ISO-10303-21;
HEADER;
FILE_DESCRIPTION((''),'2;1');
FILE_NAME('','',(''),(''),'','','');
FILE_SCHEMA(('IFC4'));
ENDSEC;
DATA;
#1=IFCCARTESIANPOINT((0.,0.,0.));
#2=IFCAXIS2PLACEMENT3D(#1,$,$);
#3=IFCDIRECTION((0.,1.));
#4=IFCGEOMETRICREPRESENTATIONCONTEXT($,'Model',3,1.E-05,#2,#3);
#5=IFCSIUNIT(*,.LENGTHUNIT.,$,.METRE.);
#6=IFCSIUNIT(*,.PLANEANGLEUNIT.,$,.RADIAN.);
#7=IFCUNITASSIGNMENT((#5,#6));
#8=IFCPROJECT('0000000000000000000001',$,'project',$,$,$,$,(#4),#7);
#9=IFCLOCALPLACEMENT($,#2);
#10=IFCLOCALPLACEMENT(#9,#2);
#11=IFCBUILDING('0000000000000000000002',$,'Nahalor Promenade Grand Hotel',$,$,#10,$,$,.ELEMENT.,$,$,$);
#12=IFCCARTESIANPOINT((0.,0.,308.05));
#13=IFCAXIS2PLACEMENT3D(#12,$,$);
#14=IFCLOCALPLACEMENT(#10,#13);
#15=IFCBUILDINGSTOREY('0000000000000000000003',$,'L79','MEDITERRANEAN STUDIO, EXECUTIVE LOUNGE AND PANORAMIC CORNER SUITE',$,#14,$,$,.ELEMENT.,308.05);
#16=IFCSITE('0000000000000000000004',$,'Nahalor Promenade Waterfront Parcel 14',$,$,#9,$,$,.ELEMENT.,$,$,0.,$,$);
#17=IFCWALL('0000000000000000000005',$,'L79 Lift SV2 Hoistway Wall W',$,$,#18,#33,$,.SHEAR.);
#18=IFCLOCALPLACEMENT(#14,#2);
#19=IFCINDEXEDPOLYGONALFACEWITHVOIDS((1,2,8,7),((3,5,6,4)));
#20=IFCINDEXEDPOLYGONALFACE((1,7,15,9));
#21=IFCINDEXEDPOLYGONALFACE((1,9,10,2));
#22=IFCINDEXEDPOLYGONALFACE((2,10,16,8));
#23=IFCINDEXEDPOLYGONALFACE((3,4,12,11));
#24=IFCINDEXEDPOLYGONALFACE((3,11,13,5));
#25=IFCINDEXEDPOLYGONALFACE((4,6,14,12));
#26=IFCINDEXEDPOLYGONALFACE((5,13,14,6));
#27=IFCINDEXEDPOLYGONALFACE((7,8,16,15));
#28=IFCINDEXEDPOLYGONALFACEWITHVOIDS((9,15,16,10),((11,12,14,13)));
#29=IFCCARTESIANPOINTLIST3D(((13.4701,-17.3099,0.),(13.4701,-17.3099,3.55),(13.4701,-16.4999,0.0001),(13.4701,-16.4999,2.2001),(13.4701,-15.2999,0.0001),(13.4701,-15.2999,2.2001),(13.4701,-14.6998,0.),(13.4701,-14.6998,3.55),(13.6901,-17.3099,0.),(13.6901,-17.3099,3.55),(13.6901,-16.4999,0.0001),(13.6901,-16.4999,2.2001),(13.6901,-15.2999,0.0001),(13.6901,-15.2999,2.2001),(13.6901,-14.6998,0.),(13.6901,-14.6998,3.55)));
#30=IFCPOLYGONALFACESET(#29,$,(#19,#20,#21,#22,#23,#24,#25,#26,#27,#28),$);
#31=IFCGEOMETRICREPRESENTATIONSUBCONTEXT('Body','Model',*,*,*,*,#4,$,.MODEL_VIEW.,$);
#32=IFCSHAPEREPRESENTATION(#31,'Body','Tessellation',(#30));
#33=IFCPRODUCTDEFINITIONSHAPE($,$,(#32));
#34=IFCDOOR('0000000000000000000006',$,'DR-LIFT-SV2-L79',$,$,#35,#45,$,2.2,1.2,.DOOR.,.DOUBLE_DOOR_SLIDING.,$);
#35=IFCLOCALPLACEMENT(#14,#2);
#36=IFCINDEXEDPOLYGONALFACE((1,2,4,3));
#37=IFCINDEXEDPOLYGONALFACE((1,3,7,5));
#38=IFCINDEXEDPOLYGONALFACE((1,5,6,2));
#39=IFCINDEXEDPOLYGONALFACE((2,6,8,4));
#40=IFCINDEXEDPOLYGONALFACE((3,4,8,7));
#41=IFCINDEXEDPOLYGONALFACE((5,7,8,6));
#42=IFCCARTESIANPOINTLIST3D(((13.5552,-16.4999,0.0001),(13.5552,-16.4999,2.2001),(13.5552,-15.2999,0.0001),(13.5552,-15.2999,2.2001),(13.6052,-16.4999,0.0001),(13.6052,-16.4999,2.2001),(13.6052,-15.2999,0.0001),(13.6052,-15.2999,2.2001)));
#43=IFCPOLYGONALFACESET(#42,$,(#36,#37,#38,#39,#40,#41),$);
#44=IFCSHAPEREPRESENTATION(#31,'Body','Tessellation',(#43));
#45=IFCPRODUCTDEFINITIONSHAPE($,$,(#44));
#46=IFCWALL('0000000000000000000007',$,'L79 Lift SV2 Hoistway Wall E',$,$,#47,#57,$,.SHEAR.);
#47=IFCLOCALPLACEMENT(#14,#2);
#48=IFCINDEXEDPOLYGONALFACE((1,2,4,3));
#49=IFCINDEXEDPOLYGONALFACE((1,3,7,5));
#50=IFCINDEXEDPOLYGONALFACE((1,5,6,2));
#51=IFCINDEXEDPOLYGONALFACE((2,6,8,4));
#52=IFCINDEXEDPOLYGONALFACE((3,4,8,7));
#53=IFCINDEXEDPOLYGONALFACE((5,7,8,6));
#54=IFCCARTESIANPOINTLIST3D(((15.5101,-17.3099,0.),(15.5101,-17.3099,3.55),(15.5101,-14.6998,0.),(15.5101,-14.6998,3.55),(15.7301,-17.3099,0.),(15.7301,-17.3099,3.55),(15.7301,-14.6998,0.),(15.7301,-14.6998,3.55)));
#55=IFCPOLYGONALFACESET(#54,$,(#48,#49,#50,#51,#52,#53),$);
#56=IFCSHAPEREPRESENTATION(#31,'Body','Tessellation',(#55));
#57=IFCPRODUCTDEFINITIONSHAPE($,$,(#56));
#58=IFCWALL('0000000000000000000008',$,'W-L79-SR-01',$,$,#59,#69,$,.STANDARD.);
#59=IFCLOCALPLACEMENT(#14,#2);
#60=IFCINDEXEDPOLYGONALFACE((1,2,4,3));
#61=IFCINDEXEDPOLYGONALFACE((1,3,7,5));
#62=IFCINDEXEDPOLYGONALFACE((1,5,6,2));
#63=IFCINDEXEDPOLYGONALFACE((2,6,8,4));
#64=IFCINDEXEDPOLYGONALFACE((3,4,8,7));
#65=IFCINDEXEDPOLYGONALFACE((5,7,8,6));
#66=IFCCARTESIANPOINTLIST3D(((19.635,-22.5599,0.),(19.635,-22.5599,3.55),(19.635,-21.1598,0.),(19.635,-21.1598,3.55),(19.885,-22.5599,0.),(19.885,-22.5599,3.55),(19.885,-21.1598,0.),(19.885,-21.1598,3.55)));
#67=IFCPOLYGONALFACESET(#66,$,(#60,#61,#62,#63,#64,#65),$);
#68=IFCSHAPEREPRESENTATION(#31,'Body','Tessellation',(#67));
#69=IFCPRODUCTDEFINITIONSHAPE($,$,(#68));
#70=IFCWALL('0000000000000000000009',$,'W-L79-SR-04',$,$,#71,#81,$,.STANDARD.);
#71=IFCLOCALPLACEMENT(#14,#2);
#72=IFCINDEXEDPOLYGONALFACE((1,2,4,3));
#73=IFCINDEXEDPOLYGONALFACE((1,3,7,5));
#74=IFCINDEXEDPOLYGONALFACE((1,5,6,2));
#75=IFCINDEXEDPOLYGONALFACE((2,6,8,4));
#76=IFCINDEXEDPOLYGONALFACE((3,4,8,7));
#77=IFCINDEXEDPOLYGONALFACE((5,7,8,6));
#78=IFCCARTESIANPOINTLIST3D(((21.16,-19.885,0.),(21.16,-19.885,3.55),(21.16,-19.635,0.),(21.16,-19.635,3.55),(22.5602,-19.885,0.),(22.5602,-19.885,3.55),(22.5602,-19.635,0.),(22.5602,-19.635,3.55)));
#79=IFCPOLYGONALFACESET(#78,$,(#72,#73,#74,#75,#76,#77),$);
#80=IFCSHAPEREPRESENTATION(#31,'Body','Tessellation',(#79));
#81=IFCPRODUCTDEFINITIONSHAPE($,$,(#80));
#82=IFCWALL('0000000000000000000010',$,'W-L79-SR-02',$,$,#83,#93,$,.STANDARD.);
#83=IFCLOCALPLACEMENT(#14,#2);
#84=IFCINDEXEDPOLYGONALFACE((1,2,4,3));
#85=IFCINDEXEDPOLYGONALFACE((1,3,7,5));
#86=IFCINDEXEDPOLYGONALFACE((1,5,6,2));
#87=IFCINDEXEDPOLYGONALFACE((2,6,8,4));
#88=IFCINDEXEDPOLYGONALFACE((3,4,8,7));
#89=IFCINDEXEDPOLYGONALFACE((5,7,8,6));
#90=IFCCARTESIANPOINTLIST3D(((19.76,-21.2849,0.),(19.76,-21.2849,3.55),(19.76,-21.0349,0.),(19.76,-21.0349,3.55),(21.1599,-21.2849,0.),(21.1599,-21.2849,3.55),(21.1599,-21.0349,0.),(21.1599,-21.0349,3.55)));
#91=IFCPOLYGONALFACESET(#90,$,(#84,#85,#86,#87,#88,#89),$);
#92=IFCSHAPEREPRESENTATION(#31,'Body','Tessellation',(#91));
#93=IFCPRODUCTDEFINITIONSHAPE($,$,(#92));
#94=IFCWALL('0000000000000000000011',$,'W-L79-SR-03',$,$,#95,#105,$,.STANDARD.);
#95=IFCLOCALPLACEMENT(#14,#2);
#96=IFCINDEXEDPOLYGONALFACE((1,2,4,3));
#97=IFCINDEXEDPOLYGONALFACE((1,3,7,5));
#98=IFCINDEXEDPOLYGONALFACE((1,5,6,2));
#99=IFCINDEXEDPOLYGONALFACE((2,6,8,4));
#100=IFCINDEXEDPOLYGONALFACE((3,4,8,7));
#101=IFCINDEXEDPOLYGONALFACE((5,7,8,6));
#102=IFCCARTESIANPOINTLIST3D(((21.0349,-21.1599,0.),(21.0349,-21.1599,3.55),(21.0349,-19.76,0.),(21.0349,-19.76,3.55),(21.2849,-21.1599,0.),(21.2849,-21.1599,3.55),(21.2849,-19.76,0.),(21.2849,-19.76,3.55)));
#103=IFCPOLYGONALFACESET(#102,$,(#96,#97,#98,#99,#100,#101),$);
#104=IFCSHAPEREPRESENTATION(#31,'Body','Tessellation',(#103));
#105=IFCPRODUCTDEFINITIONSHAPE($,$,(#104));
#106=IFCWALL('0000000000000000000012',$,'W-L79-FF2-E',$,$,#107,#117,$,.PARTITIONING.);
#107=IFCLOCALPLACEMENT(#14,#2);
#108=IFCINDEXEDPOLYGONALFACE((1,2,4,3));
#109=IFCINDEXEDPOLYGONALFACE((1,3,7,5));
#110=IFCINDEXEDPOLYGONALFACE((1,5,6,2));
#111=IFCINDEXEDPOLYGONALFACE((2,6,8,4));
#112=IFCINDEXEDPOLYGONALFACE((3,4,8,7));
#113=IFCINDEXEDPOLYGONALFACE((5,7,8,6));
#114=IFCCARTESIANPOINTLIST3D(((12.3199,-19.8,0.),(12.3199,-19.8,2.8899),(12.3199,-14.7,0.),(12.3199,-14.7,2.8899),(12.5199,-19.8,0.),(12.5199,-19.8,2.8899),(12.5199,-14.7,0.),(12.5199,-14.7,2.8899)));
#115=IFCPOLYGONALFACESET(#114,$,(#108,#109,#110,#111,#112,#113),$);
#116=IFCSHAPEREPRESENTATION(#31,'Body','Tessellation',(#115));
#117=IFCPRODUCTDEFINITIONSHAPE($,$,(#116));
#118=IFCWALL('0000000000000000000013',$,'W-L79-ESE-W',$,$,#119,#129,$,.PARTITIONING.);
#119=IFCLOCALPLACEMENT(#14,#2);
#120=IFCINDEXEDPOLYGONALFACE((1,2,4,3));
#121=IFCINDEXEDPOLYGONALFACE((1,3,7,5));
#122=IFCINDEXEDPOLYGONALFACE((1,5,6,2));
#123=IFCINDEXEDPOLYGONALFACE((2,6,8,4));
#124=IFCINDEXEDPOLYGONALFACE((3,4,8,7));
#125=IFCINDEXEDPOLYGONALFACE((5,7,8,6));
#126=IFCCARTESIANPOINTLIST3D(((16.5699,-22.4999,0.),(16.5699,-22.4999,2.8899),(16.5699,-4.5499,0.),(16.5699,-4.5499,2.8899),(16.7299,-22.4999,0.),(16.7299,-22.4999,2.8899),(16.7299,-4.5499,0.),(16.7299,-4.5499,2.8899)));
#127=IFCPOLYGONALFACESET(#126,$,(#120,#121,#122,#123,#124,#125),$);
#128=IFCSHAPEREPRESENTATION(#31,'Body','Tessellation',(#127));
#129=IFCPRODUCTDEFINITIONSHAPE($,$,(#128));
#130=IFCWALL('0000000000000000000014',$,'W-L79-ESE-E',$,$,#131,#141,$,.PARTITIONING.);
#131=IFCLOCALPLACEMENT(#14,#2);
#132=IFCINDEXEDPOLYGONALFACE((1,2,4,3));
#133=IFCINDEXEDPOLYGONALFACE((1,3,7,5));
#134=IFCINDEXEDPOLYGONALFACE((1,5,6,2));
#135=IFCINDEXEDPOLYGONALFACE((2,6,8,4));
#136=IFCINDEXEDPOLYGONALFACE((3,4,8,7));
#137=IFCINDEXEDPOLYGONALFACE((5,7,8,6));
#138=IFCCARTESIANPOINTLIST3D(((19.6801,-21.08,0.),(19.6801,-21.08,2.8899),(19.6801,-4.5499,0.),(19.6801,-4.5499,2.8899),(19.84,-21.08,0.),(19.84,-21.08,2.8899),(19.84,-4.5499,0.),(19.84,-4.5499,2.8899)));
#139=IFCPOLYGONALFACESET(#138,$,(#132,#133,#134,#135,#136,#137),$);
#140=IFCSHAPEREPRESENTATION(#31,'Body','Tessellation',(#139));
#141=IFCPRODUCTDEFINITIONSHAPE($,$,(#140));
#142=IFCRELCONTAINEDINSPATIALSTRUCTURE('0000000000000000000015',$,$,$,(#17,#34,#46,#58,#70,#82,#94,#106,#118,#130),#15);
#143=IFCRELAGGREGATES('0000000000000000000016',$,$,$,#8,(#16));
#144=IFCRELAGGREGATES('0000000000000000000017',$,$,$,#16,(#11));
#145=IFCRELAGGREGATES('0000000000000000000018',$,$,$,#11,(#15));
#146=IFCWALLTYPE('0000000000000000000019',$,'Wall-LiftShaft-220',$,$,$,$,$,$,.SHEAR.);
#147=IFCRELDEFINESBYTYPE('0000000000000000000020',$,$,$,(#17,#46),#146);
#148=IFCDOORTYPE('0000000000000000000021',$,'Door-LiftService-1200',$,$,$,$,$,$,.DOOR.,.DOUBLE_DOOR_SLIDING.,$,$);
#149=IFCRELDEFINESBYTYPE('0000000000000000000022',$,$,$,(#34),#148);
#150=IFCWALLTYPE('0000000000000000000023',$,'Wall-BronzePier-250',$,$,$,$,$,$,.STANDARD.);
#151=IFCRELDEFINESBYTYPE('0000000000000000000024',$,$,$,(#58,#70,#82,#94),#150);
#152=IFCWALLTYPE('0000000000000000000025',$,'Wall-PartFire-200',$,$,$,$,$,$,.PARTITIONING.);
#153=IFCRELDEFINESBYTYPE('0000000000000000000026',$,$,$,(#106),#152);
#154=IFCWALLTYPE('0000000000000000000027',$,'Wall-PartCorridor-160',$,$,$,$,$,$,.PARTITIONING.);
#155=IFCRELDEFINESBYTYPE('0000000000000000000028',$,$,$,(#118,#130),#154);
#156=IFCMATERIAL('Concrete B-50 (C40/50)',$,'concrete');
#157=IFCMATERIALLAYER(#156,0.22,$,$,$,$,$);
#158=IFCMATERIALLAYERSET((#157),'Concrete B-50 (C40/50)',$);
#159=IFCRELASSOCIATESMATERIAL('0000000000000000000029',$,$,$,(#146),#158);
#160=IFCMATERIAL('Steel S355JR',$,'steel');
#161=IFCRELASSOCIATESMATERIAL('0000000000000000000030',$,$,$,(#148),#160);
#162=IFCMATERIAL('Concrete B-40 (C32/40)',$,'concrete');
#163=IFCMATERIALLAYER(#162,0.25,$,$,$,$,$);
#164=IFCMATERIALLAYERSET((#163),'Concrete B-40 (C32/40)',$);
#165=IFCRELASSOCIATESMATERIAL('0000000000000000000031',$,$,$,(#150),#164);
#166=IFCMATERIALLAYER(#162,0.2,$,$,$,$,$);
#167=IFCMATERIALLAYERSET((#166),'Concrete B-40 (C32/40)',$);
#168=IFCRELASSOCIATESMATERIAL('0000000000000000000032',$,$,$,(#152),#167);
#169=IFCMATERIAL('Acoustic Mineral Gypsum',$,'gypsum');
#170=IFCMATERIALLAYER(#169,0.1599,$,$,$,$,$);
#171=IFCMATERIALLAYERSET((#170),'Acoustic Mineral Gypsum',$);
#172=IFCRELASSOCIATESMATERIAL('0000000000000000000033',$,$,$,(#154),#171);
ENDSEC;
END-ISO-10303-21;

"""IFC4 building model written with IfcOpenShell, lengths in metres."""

from ifc_helpers import new_model, si_unit, direction, frame, frame_2d, origin, place, context, subcontext, project, spatial, rectangle, extrude, source, transform, mapped, material, layer, layer_set, type_object, element, fill, save


model = new_model("IFC4")

# Units and contexts
model_context = context("Model", 3, precision=1e-05, world=origin(), true_north=direction((0.0, 1.0)))
body_context = subcontext(model_context, "Body", "Model", "MODEL_VIEW")
ifc_project = project(units=[si_unit("LENGTHUNIT", "METRE"), si_unit("PLANEANGLEUNIT", "RADIAN")], contexts=[model_context])

# Site, building, storey
site_placement = place(None, origin())
site = spatial("IfcSite", under=ifc_project, at=site_placement, Name="Nahalor Promenade Waterfront Parcel 14", CompositionType="ELEMENT", RefElevation=0.0)
building_placement = place(site_placement, origin())
building = spatial("IfcBuilding", under=site, at=building_placement, Name="Nahalor Promenade Grand Hotel", CompositionType="ELEMENT")
storey_placement = place(building_placement, frame((0.0, 0.0, 308.05)))
storey = spatial("IfcBuildingStorey", under=building, at=storey_placement, Name="L79", Description="MEDITERRANEAN STUDIO, EXECUTIVE LOUNGE AND PANORAMIC CORNER SUITE", CompositionType="ELEMENT", Elevation=308.05)

# Shared definitions
ifc_material_1 = material(Name="Concrete B-50 (C40/50)", Category="concrete")
ifc_material_2 = material(Name="Steel S355JR", Category="steel")

# Shared definitions
ifc_layer_1 = layer(ifc_material_1, 0.22)
ifc_layer_set_1 = layer_set([ifc_layer_1], Name="Concrete B-50 (C40/50)")
wall_type_1 = type_object("IfcWallType", Name="Wall-LiftShaft-220", PredefinedType="SHEAR", material=ifc_layer_set_1)

# Wall, opening, door
shared_shape_1 = source(origin(), body_context, "Body", "SweptSolid", [
    extrude(rectangle(XDim=2.6101, YDim=0.22, at=frame_2d((1.3052, 0.0))), origin(), (0.0, 0.0, 1.0), 3.55),
])
wall_1_placement = place(storey_placement, frame((13.5801, -17.3101, 0.0), z_axis=(0.0, 0.0, 1.0), x_axis=(0.0, 1.0, 0.0)))
wall_1 = element("IfcWall", 1, at=wall_1_placement, inside=storey, type_object=wall_type_1, Name="L79 Lift SV2 Hoistway Wall W", PredefinedType="SHEAR", context=body_context, shape_type="MappedRepresentation", body=[
    mapped(shared_shape_1, transform((0.0, 0.0, 0.0), scale=1.0)),
])
opening_placement = place(wall_1_placement, frame((0.8101, 0.0, 0.0)))
opening = element("IfcOpeningElement", 2, at=opening_placement, cuts=wall_1, PredefinedType="OPENING", context=body_context, shape_type="SweptSolid", body=[
    extrude(rectangle(XDim=1.2, YDim=2.2, at=frame_2d((0.6001, 1.1001))), frame((0.0, 0.1199, 0.0), z_axis=(0.0, -1.0, 0.0), x_axis=(1.0, 0.0, 0.0)), (0.0, 0.0, 1.0), 0.24),
])
door_type = type_object("IfcDoorType", Name="Door-LiftService-1200", OperationType="DOUBLE_DOOR_SLIDING", PredefinedType="DOOR", material=ifc_material_2)
shared_shape_2 = source(origin(), body_context, "Body", "SweptSolid", [
    extrude(rectangle(XDim=1.2, YDim=2.2, at=frame_2d((0.6001, 1.1001))), frame((0.0, 0.0249, 0.0), z_axis=(0.0, -1.0, 0.0), x_axis=(1.0, 0.0, 0.0)), (0.0, 0.0, 1.0), 0.05),
])
door_placement = place(opening_placement, origin())
door = element("IfcDoor", 3, at=door_placement, inside=storey, type_object=door_type, Name="DR-LIFT-SV2-L79", OperationType="DOUBLE_DOOR_SLIDING", OverallHeight=2.2, OverallWidth=1.2, PredefinedType="DOOR", context=body_context, shape_type="MappedRepresentation", body=[
    mapped(shared_shape_2, transform((0.0, 0.0, 0.0), scale=1.0)),
])
fill(opening, door)

# Walls
wall_2_placement = place(storey_placement, frame((15.6201, -17.3101, 0.0), z_axis=(0.0, 0.0, 1.0), x_axis=(0.0, 1.0, 0.0)))
element("IfcWall", 4, at=wall_2_placement, inside=storey, type_object=wall_type_1, Name="L79 Lift SV2 Hoistway Wall E", PredefinedType="SHEAR", context=body_context, shape_type="MappedRepresentation", body=[
    mapped(shared_shape_1, transform((0.0, 0.0, 0.0), scale=1.0)),
])
ifc_material_3 = material(Name="Concrete B-40 (C32/40)", Category="concrete")
ifc_layer_2 = layer(ifc_material_3, 0.25)
ifc_layer_set_2 = layer_set([ifc_layer_2], Name="Concrete B-40 (C32/40)")
wall_type_2 = type_object("IfcWallType", Name="Wall-BronzePier-250", PredefinedType="STANDARD", material=ifc_layer_set_2)
shared_shape_3 = source(origin(), body_context, "Body", "SweptSolid", [
    extrude(rectangle(XDim=1.4001, YDim=0.25, at=frame_2d((0.7002, 0.0))), origin(), (0.0, 0.0, 1.0), 3.55),
])
for number, where, z_axis, x_axis, name in (
    (5, (19.76, -22.5601, 0.0), (0.0, 0.0, 1.0), (0.0, 1.0, 0.0), "W-L79-SR-01"),
    (6, (21.1599, -19.76, 0.0), (0.0, 0.0, 1.0), (1.0, 0.0, 0.0), "W-L79-SR-04"),
):
    element("IfcWall", number, at=place(storey_placement, frame(where, z_axis=z_axis, x_axis=x_axis)), inside=storey, type_object=wall_type_2, Name=name, PredefinedType="STANDARD", context=body_context, shape_type="MappedRepresentation", body=[
        mapped(shared_shape_3, transform((0.0, 0.0, 0.0), scale=1.0)),
    ])
shared_shape_4 = source(origin(), body_context, "Body", "SweptSolid", [
    extrude(rectangle(XDim=1.3999, YDim=0.25, at=frame_2d((0.7, 0.0))), origin(), (0.0, 0.0, 1.0), 3.55),
])
for number, where, z_axis, x_axis, name in (
    (7, (19.76, -21.1599, 0.0), (0.0, 0.0, 1.0), (1.0, 0.0, 0.0), "W-L79-SR-02"),
    (8, (21.1599, -21.1599, 0.0), (0.0, 0.0, 1.0), (0.0, 1.0, 0.0), "W-L79-SR-03"),
):
    element("IfcWall", number, at=place(storey_placement, frame(where, z_axis=z_axis, x_axis=x_axis)), inside=storey, type_object=wall_type_2, Name=name, PredefinedType="STANDARD", context=body_context, shape_type="MappedRepresentation", body=[
        mapped(shared_shape_4, transform((0.0, 0.0, 0.0), scale=1.0)),
    ])
ifc_layer_3 = layer(ifc_material_3, 0.2)
ifc_layer_set_3 = layer_set([ifc_layer_3], Name="Concrete B-40 (C32/40)")
wall_type_3 = type_object("IfcWallType", Name="Wall-PartFire-200", PredefinedType="PARTITIONING", material=ifc_layer_set_3)
shared_shape_5 = source(origin(), body_context, "Body", "SweptSolid", [
    extrude(rectangle(XDim=5.1001, YDim=0.2, at=frame_2d((2.55, 0.0))), origin(), (0.0, 0.0, 1.0), 2.8899),
])
wall_3_placement = place(storey_placement, frame((12.4199, -19.8, 0.0), z_axis=(0.0, 0.0, 1.0), x_axis=(0.0, 1.0, 0.0)))
element("IfcWall", 9, at=wall_3_placement, inside=storey, type_object=wall_type_3, Name="W-L79-FF2-E", PredefinedType="PARTITIONING", context=body_context, shape_type="MappedRepresentation", body=[
    mapped(shared_shape_5, transform((0.0, 0.0, 0.0), scale=1.0)),
])
ifc_material_4 = material(Name="Acoustic Mineral Gypsum", Category="gypsum")
ifc_layer_4 = layer(ifc_material_4, 0.1599)
ifc_layer_set_4 = layer_set([ifc_layer_4], Name="Acoustic Mineral Gypsum")
wall_type_4 = type_object("IfcWallType", Name="Wall-PartCorridor-160", PredefinedType="PARTITIONING", material=ifc_layer_set_4)
shared_shape_6 = source(origin(), body_context, "Body", "SweptSolid", [
    extrude(rectangle(XDim=17.95, YDim=0.1599, at=frame_2d((8.9751, 0.0))), origin(), (0.0, 0.0, 1.0), 2.8899),
])
wall_4_placement = place(storey_placement, frame((16.6499, -22.5, 0.0), z_axis=(0.0, 0.0, 1.0), x_axis=(0.0, 1.0, 0.0)))
element("IfcWall", 10, at=wall_4_placement, inside=storey, type_object=wall_type_4, Name="W-L79-ESE-W", PredefinedType="PARTITIONING", context=body_context, shape_type="MappedRepresentation", body=[
    mapped(shared_shape_6, transform((0.0, 0.0, 0.0), scale=1.0)),
])
shared_shape_7 = source(origin(), body_context, "Body", "SweptSolid", [
    extrude(rectangle(XDim=16.53, YDim=0.1599, at=frame_2d((8.2651, 0.0))), origin(), (0.0, 0.0, 1.0), 2.8899),
])
wall_5_placement = place(storey_placement, frame((19.76, -21.0801, 0.0), z_axis=(0.0, 0.0, 1.0), x_axis=(0.0, 1.0, 0.0)))
element("IfcWall", 11, at=wall_5_placement, inside=storey, type_object=wall_type_4, Name="W-L79-ESE-E", PredefinedType="PARTITIONING", context=body_context, shape_type="MappedRepresentation", body=[
    mapped(shared_shape_7, transform((0.0, 0.0, 0.0), scale=1.0)),
])

save(model, "model.ifc")
